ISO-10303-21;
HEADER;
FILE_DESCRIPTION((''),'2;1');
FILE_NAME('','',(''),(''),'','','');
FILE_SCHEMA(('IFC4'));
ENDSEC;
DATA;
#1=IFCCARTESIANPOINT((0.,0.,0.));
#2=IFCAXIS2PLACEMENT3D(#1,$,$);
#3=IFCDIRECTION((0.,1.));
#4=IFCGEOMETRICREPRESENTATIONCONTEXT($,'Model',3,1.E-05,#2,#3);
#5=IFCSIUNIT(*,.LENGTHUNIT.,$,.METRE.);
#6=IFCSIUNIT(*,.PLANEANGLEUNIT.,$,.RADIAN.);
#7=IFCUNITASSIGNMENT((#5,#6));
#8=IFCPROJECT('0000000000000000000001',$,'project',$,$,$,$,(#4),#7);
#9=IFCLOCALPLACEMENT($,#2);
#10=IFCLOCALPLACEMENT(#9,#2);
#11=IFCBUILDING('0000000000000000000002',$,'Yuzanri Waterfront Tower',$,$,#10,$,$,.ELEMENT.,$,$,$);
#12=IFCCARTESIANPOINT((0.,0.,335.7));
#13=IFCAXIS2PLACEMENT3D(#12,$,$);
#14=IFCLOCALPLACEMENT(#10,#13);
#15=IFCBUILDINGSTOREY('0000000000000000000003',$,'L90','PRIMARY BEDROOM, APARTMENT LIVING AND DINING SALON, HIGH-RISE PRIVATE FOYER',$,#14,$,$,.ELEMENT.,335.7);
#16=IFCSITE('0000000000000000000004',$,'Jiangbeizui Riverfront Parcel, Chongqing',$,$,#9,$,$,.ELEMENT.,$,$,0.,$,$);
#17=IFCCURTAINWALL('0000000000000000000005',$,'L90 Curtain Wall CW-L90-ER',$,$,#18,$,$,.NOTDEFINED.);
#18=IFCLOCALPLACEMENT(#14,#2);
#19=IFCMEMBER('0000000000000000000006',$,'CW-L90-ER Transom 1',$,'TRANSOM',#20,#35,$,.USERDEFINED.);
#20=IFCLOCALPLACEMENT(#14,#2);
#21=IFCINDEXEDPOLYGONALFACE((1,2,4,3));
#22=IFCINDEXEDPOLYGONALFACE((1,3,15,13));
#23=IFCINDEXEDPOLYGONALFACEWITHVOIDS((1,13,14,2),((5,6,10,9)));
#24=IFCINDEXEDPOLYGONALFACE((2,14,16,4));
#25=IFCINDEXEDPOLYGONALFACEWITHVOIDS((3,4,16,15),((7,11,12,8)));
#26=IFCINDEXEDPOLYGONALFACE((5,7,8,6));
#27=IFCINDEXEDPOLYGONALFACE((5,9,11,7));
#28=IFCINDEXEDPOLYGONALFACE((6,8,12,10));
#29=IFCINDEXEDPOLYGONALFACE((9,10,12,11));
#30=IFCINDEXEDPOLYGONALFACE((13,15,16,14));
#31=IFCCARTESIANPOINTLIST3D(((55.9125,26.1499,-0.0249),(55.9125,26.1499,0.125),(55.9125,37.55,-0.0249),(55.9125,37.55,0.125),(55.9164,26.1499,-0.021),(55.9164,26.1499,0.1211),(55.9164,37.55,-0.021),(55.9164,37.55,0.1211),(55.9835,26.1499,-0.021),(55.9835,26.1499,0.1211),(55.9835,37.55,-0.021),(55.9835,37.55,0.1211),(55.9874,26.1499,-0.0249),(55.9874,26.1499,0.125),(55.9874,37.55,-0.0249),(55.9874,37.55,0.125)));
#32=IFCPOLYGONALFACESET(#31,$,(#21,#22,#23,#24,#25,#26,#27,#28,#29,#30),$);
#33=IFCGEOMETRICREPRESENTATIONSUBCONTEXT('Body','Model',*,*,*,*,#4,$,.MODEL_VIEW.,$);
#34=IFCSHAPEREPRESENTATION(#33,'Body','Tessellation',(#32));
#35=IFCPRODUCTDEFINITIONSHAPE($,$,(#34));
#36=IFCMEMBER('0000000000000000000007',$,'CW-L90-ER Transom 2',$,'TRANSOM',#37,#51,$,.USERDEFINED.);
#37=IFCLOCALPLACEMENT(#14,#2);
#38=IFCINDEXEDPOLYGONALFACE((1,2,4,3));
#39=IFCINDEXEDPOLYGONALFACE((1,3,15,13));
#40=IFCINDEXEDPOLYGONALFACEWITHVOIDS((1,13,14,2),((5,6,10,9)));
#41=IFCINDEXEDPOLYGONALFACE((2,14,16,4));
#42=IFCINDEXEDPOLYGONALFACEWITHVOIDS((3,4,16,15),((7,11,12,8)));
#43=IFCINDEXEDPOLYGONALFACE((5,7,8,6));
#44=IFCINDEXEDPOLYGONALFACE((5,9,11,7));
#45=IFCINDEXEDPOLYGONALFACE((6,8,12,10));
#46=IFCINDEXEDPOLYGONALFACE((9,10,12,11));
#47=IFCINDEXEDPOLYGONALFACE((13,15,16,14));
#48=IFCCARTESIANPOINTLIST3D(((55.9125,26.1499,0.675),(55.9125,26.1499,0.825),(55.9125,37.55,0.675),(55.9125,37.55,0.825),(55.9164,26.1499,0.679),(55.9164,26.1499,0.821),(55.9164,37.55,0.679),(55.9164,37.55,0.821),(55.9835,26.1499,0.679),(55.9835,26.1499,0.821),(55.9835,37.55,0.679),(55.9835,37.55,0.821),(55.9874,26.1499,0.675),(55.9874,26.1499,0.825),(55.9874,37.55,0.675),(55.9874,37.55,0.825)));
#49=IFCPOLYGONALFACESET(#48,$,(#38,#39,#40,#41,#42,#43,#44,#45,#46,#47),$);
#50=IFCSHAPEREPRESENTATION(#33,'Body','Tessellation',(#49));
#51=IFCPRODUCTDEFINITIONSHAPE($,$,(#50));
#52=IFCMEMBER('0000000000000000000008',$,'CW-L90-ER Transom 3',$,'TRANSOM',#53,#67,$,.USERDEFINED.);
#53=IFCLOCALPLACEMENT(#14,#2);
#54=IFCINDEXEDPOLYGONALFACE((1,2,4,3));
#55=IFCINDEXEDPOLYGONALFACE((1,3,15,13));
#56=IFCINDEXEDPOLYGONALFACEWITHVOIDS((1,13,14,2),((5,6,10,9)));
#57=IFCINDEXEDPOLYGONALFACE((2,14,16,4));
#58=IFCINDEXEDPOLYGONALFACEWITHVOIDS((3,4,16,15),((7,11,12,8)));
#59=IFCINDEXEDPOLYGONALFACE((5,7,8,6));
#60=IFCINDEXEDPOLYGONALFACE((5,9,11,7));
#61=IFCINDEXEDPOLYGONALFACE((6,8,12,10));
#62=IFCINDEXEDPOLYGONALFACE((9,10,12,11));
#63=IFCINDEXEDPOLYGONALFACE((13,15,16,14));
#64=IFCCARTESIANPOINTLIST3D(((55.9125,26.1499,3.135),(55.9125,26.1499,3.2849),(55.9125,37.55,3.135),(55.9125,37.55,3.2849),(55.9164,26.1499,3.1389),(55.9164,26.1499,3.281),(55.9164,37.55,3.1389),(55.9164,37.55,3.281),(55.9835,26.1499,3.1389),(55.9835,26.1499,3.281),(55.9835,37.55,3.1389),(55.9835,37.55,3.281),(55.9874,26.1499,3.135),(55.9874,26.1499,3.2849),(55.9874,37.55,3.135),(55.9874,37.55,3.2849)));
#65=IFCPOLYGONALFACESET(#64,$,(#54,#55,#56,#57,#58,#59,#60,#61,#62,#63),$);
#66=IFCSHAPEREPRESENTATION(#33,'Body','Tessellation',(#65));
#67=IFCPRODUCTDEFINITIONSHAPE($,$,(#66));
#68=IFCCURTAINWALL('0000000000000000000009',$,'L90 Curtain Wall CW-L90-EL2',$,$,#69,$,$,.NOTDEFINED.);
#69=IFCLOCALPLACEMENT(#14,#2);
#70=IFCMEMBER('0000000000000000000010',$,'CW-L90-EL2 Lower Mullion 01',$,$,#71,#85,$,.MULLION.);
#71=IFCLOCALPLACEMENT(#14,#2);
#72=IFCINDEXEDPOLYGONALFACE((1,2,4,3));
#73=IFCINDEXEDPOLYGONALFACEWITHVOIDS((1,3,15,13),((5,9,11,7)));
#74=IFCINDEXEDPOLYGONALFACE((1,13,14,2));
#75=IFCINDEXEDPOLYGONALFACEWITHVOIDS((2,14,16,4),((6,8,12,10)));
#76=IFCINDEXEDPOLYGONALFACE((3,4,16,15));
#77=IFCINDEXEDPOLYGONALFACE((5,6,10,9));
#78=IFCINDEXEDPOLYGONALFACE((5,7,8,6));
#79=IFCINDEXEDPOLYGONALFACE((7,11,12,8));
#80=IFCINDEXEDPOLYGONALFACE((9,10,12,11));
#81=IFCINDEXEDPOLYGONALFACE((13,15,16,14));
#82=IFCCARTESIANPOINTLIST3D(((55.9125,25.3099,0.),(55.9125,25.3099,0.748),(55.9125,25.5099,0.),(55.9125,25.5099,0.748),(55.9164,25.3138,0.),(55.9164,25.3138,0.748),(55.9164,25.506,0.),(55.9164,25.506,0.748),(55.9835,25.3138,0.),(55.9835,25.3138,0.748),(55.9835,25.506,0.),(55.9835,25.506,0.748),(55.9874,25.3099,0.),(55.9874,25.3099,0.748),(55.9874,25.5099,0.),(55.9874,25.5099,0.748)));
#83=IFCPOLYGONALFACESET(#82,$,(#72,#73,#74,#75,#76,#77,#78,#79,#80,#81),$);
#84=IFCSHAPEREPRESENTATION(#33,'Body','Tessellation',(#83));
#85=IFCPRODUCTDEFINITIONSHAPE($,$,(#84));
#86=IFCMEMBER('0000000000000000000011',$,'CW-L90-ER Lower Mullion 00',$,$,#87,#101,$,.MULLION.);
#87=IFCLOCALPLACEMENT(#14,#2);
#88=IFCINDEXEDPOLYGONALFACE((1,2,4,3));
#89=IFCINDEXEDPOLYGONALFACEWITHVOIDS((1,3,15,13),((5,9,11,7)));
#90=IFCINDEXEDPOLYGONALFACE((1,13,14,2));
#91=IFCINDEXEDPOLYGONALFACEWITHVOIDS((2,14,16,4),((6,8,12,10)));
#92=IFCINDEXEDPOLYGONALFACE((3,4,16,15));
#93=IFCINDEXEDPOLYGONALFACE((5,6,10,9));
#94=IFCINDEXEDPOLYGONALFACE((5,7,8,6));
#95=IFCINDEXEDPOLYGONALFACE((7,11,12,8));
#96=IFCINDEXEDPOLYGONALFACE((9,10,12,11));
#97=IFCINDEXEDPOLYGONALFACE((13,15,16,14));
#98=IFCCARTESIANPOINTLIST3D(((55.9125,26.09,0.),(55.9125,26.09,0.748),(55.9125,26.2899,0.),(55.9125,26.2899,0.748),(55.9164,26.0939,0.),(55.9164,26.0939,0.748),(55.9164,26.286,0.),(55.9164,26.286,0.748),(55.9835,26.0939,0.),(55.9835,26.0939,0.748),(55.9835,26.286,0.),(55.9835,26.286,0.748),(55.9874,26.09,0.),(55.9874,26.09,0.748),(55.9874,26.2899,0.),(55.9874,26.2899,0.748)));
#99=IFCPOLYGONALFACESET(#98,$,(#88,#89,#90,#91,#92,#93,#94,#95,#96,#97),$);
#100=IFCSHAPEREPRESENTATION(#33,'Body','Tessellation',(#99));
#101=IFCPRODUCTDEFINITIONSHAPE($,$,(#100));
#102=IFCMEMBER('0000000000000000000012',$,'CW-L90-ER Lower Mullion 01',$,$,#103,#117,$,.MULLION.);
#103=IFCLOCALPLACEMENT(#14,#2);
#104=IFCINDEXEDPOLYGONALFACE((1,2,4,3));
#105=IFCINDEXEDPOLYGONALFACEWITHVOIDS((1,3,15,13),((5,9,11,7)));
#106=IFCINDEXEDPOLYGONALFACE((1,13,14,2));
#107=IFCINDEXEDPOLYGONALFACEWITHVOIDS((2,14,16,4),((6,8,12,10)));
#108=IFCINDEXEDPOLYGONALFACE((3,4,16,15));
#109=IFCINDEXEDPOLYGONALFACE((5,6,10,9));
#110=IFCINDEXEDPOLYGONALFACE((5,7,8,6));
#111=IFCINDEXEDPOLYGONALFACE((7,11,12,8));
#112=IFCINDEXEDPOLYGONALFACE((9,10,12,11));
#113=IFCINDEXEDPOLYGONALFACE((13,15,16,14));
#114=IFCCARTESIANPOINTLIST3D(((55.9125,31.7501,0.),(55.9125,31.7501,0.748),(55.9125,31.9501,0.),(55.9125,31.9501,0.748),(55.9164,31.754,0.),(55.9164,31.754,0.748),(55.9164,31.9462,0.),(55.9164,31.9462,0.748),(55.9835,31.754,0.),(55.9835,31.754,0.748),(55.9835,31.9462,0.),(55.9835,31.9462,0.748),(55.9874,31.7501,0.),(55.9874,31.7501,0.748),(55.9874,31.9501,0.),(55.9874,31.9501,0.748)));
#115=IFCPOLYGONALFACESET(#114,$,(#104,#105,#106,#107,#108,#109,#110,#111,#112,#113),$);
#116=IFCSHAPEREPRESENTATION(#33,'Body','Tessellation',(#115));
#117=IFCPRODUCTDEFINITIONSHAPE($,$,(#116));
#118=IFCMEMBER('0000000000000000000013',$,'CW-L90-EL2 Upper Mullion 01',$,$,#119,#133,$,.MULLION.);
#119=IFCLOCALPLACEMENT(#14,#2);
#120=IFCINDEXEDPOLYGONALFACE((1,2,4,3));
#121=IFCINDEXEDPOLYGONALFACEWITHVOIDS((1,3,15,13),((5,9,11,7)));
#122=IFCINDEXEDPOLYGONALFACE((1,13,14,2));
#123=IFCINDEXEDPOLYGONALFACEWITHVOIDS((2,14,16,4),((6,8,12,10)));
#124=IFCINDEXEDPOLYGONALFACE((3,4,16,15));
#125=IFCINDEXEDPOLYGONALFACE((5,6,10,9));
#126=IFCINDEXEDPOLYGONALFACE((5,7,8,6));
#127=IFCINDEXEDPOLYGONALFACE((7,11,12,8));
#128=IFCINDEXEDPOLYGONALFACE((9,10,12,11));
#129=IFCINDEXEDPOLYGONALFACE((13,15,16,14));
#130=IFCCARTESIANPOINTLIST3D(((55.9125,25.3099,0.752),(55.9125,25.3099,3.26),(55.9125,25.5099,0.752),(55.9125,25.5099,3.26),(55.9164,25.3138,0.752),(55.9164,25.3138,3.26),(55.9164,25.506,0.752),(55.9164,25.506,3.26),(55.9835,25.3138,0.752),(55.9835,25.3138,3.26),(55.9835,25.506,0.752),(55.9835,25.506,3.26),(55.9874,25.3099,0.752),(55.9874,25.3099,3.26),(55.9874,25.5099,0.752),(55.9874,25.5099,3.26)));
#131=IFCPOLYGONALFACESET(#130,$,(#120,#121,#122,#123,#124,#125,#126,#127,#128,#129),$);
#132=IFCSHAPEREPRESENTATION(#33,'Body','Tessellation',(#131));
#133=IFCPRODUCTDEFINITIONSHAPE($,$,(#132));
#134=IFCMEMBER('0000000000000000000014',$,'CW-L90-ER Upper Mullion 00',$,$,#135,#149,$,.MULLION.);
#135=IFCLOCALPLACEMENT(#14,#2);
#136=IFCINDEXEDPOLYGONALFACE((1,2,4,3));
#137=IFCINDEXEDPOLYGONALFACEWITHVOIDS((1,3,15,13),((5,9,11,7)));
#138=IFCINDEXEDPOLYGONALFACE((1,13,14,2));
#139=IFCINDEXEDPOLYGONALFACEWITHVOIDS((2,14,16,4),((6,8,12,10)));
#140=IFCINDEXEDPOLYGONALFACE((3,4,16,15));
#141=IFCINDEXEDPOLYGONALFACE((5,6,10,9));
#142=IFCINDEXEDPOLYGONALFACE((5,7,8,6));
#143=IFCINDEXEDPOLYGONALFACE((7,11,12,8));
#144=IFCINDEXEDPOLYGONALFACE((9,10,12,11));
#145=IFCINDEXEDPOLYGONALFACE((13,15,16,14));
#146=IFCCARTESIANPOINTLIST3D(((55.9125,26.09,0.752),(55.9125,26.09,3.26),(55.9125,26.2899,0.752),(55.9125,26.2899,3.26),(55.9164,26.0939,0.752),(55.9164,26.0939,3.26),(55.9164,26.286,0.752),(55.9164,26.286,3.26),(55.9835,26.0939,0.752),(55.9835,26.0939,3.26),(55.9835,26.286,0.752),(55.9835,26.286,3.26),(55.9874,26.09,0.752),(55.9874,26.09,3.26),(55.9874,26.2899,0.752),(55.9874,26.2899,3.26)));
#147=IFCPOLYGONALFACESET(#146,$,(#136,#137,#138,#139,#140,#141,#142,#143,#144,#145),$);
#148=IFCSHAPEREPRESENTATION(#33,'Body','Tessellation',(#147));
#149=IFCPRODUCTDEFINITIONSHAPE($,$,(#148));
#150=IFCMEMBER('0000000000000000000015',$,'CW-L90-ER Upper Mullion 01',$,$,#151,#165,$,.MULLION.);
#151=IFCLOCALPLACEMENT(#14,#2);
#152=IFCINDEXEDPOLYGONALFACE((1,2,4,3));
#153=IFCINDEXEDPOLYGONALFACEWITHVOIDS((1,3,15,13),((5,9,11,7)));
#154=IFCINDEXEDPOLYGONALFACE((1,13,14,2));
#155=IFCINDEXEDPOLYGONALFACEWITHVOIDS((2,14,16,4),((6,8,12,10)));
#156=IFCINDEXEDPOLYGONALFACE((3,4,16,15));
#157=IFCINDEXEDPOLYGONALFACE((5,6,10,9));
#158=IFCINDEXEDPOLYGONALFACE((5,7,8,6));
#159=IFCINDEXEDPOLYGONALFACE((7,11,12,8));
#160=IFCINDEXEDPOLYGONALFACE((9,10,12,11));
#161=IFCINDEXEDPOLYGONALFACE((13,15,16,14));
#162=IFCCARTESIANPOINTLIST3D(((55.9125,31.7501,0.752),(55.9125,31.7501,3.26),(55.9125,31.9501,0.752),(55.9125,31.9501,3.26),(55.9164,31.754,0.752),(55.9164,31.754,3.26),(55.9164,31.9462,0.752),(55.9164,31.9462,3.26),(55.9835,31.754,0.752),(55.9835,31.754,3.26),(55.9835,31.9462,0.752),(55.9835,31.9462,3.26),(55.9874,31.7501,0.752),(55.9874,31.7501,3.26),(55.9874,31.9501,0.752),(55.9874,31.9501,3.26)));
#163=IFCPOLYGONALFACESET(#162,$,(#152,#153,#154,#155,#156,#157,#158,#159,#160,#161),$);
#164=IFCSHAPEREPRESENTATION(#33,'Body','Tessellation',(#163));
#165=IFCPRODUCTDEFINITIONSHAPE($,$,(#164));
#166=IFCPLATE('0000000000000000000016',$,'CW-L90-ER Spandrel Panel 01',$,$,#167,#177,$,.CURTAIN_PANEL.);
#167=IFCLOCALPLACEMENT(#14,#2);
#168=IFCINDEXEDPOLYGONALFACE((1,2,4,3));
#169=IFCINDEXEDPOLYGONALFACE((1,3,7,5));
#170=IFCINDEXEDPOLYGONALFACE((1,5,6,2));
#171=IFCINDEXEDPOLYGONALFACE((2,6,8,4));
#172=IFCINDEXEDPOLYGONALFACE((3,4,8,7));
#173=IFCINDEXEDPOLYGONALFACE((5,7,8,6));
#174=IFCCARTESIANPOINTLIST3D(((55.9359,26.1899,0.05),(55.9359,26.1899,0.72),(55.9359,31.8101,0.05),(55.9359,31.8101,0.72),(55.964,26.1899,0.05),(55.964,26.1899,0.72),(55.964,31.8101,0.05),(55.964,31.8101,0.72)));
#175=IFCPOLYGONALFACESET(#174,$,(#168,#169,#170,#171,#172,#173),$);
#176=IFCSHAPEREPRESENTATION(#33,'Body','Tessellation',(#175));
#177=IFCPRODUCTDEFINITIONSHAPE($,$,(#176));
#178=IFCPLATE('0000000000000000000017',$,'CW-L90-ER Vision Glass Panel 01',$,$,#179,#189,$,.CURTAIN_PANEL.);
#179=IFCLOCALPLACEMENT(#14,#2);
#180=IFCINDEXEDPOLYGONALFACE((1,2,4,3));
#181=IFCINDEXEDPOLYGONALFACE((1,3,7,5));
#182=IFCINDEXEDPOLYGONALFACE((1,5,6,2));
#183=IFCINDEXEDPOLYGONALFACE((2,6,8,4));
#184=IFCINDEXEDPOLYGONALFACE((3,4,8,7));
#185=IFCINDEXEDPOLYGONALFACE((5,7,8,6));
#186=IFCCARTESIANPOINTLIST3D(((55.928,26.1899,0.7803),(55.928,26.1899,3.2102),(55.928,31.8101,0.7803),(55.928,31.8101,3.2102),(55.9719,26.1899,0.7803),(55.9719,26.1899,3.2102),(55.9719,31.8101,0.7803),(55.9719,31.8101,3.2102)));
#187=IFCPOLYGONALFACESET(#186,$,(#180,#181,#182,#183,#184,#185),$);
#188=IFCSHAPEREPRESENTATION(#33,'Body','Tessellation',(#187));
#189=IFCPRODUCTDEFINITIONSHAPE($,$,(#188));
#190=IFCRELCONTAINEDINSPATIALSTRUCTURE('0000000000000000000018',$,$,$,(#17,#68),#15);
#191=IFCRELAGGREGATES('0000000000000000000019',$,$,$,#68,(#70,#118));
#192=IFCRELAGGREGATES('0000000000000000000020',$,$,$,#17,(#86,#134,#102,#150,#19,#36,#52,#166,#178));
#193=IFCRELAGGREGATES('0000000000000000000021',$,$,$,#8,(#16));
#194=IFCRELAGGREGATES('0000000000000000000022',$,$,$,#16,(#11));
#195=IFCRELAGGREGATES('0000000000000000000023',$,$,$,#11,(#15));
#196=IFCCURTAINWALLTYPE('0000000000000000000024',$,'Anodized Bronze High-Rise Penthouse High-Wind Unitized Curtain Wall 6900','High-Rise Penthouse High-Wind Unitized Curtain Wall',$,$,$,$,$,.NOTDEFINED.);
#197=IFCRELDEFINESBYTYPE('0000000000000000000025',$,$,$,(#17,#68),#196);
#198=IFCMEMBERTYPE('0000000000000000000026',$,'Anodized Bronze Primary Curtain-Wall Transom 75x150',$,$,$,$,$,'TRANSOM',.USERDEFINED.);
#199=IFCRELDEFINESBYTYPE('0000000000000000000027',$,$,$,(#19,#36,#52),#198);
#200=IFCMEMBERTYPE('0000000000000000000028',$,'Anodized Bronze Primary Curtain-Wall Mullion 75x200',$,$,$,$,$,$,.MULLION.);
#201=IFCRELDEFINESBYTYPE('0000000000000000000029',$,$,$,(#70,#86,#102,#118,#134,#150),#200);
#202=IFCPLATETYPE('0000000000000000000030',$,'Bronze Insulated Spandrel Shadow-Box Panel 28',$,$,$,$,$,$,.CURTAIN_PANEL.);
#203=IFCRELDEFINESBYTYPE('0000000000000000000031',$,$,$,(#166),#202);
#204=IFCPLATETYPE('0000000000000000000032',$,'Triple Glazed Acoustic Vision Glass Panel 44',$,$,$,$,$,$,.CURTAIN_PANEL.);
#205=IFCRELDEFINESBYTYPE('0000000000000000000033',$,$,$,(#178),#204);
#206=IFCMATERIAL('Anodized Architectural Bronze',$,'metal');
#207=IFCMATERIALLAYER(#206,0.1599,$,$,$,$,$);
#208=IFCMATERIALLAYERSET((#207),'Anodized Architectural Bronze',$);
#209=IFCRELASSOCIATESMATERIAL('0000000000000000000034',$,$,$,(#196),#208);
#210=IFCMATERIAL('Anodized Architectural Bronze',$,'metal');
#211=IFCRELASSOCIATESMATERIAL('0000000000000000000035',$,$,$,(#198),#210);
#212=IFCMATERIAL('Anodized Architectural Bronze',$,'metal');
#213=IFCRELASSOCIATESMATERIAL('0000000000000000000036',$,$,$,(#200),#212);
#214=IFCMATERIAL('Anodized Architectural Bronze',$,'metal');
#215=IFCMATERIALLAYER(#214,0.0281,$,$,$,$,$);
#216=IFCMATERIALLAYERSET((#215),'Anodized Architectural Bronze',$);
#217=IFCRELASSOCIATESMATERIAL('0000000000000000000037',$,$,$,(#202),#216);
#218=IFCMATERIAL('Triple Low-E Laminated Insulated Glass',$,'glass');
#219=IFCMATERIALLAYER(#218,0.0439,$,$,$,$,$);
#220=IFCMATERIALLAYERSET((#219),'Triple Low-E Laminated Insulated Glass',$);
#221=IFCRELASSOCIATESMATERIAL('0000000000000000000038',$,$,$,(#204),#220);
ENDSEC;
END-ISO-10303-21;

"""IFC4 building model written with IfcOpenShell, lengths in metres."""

from ifc_helpers import new_model, si_unit, direction, frame, origin, origin_2d, place, context, subcontext, project, spatial, rectangle, hollow_rectangle, extrude, source, transform, mapped, material, layer, layer_set, material_profile, profile_set, type_object, element, aggregate, save


model = new_model("IFC4")

# Units and contexts
model_context = context("Model", 3, precision=1e-05, world=origin(), true_north=direction((0.0, 1.0)))
body_context = subcontext(model_context, "Body", "Model", "MODEL_VIEW")
ifc_project = project(units=[si_unit("LENGTHUNIT", "METRE"), si_unit("PLANEANGLEUNIT", "RADIAN")], contexts=[model_context])

# Site, building, storey
site_placement = place(None, origin())
site = spatial("IfcSite", under=ifc_project, at=site_placement, Name="Jiangbeizui Riverfront Parcel, Chongqing", CompositionType="ELEMENT", RefElevation=0.0)
building_placement = place(site_placement, origin())
building = spatial("IfcBuilding", under=site, at=building_placement, Name="Yuzanri Waterfront Tower", CompositionType="ELEMENT")
storey_placement = place(building_placement, frame((0.0, 0.0, 335.7)))
storey = spatial("IfcBuildingStorey", under=building, at=storey_placement, Name="L90", Description="PRIMARY BEDROOM, APARTMENT LIVING AND DINING SALON, HIGH-RISE PRIVATE FOYER", CompositionType="ELEMENT", Elevation=335.7)

# Curtain wall, members
ifc_material_1 = material(Name="Anodized Architectural Bronze", Category="metal")
ifc_layer_1 = layer(ifc_material_1, 0.1599)
ifc_layer_set_1 = layer_set([ifc_layer_1], Name="Anodized Architectural Bronze")
curtain_wall_type = type_object("IfcCurtainWallType", Name="Anodized Bronze High-Rise Penthouse High-Wind Unitized Curtain Wall 6900", Description="High-Rise Penthouse High-Wind Unitized Curtain Wall", PredefinedType="NOTDEFINED", material=ifc_layer_set_1)
curtain_wall_1_placement = place(storey_placement, origin())
curtain_wall_1 = element("IfcCurtainWall", 1, at=curtain_wall_1_placement, inside=storey, type_object=curtain_wall_type, Name="L90 Curtain Wall CW-L90-ER", PredefinedType="NOTDEFINED")
ifc_material_2 = material(Name="Anodized Architectural Bronze", Category="metal")
ifc_material_profile_1 = material_profile(ifc_material_2, hollow_rectangle(XDim=0.075, YDim=0.1499, WallThickness=0.0039, at=origin_2d()), Name="CWT 75x150")
ifc_profile_set_1 = profile_set([ifc_material_profile_1], Name="Anodized Architectural Bronze")
member_type_1 = type_object("IfcMemberType", Name="Anodized Bronze Primary Curtain-Wall Transom 75x150", ElementType="TRANSOM", PredefinedType="USERDEFINED", material=ifc_profile_set_1)
shared_shape_1 = source(origin(), body_context, "Body", "SweptSolid", [
    extrude(hollow_rectangle(XDim=0.075, YDim=0.1499, WallThickness=0.0039, at=origin_2d()), origin(), (0.0, 0.0, 1.0), 11.4001),
])
member_1_placement = place(storey_placement, frame((55.95, 26.1499, 0.05), z_axis=(0.0, 1.0, 0.0), x_axis=(-1.0, 0.0, 0.0)))
member_1 = element("IfcMember", 2, at=member_1_placement, type_object=member_type_1, Name="CW-L90-ER Transom 1", ObjectType="TRANSOM", PredefinedType="USERDEFINED", context=body_context, shape_type="MappedRepresentation", body=[
    mapped(shared_shape_1, transform((0.0, 0.0, 0.0), scale=1.0)),
])
member_2_placement = place(storey_placement, frame((55.95, 26.1499, 0.75), z_axis=(0.0, 1.0, 0.0), x_axis=(-1.0, 0.0, 0.0)))
member_2 = element("IfcMember", 3, at=member_2_placement, type_object=member_type_1, Name="CW-L90-ER Transom 2", ObjectType="TRANSOM", PredefinedType="USERDEFINED", context=body_context, shape_type="MappedRepresentation", body=[
    mapped(shared_shape_1, transform((0.0, 0.0, 0.0), scale=1.0)),
])
member_3_placement = place(storey_placement, frame((55.95, 26.1499, 3.21), z_axis=(0.0, 1.0, 0.0), x_axis=(-1.0, 0.0, 0.0)))
member_3 = element("IfcMember", 4, at=member_3_placement, type_object=member_type_1, Name="CW-L90-ER Transom 3", ObjectType="TRANSOM", PredefinedType="USERDEFINED", context=body_context, shape_type="MappedRepresentation", body=[
    mapped(shared_shape_1, transform((0.0, 0.0, 0.0), scale=1.0)),
])

# Curtain wall, member
curtain_wall_2_placement = place(storey_placement, origin())
curtain_wall_2 = element("IfcCurtainWall", 5, at=curtain_wall_2_placement, inside=storey, type_object=curtain_wall_type, Name="L90 Curtain Wall CW-L90-EL2", PredefinedType="NOTDEFINED")
ifc_material_3 = material(Name="Anodized Architectural Bronze", Category="metal")
ifc_material_profile_2 = material_profile(ifc_material_3, hollow_rectangle(XDim=0.075, YDim=0.2, WallThickness=0.0039, at=origin_2d()), Name="CWM 75x200")
ifc_profile_set_2 = profile_set([ifc_material_profile_2], Name="Anodized Architectural Bronze")
member_type_2 = type_object("IfcMemberType", Name="Anodized Bronze Primary Curtain-Wall Mullion 75x200", PredefinedType="MULLION", material=ifc_profile_set_2)
shared_shape_2 = source(origin(), body_context, "Body", "SweptSolid", [
    extrude(hollow_rectangle(XDim=0.075, YDim=0.2, WallThickness=0.0039, at=origin_2d()), origin(), (0.0, 0.0, 1.0), 0.748),
])
member_4_placement = place(storey_placement, frame((55.95, 25.4099, 0.0), z_axis=(0.0, 0.0, 1.0), x_axis=(1.0, 0.0, 0.0)))
member_4 = element("IfcMember", 6, at=member_4_placement, type_object=member_type_2, Name="CW-L90-EL2 Lower Mullion 01", PredefinedType="MULLION", context=body_context, shape_type="MappedRepresentation", body=[
    mapped(shared_shape_2, transform((0.0, 0.0, 0.0), scale=1.0)),
])

# Members
member_5_placement = place(storey_placement, frame((55.95, 26.1899, 0.0), z_axis=(0.0, 0.0, 1.0), x_axis=(1.0, 0.0, 0.0)))
member_5 = element("IfcMember", 7, at=member_5_placement, type_object=member_type_2, Name="CW-L90-ER Lower Mullion 00", PredefinedType="MULLION", context=body_context, shape_type="MappedRepresentation", body=[
    mapped(shared_shape_2, transform((0.0, 0.0, 0.0), scale=1.0)),
])
member_6_placement = place(storey_placement, frame((55.95, 31.8501, 0.0), z_axis=(0.0, 0.0, 1.0), x_axis=(1.0, 0.0, 0.0)))
member_6 = element("IfcMember", 8, at=member_6_placement, type_object=member_type_2, Name="CW-L90-ER Lower Mullion 01", PredefinedType="MULLION", context=body_context, shape_type="MappedRepresentation", body=[
    mapped(shared_shape_2, transform((0.0, 0.0, 0.0), scale=1.0)),
])
shared_shape_3 = source(origin(), body_context, "Body", "SweptSolid", [
    extrude(hollow_rectangle(XDim=0.075, YDim=0.2, WallThickness=0.0039, at=origin_2d()), origin(), (0.0, 0.0, 1.0), 2.5081),
])
member_7_placement = place(storey_placement, frame((55.95, 25.4099, 0.752), z_axis=(0.0, 0.0, 1.0), x_axis=(1.0, 0.0, 0.0)))
member_7 = element("IfcMember", 9, at=member_7_placement, type_object=member_type_2, Name="CW-L90-EL2 Upper Mullion 01", PredefinedType="MULLION", context=body_context, shape_type="MappedRepresentation", body=[
    mapped(shared_shape_3, transform((0.0, 0.0, 0.0), scale=1.0)),
])
aggregate(curtain_wall_2, [member_4, member_7])
member_8_placement = place(storey_placement, frame((55.95, 26.1899, 0.752), z_axis=(0.0, 0.0, 1.0), x_axis=(1.0, 0.0, 0.0)))
member_8 = element("IfcMember", 10, at=member_8_placement, type_object=member_type_2, Name="CW-L90-ER Upper Mullion 00", PredefinedType="MULLION", context=body_context, shape_type="MappedRepresentation", body=[
    mapped(shared_shape_3, transform((0.0, 0.0, 0.0), scale=1.0)),
])
member_9_placement = place(storey_placement, frame((55.95, 31.8501, 0.752), z_axis=(0.0, 0.0, 1.0), x_axis=(1.0, 0.0, 0.0)))
member_9 = element("IfcMember", 11, at=member_9_placement, type_object=member_type_2, Name="CW-L90-ER Upper Mullion 01", PredefinedType="MULLION", context=body_context, shape_type="MappedRepresentation", body=[
    mapped(shared_shape_3, transform((0.0, 0.0, 0.0), scale=1.0)),
])

# Plates
ifc_material_4 = material(Name="Anodized Architectural Bronze", Category="metal")
ifc_layer_2 = layer(ifc_material_4, 0.0281)
ifc_layer_set_2 = layer_set([ifc_layer_2], Name="Anodized Architectural Bronze")
plate_type_1 = type_object("IfcPlateType", Name="Bronze Insulated Spandrel Shadow-Box Panel 28", PredefinedType="CURTAIN_PANEL", material=ifc_layer_set_2)
shared_shape_4 = source(origin(), body_context, "Body", "SweptSolid", [
    extrude(rectangle(XDim=5.6201, YDim=0.0281, at=origin_2d()), origin(), (0.0, 0.0, 1.0), 0.6699),
])
plate_1_placement = place(storey_placement, frame((55.95, 29.0, 0.05), z_axis=(0.0, 0.0, 1.0), x_axis=(0.0, 1.0, 0.0)))
plate_1 = element("IfcPlate", 12, at=plate_1_placement, type_object=plate_type_1, Name="CW-L90-ER Spandrel Panel 01", PredefinedType="CURTAIN_PANEL", context=body_context, shape_type="MappedRepresentation", body=[
    mapped(shared_shape_4, transform((0.0, 0.0, 0.0), scale=1.0)),
])
ifc_material_5 = material(Name="Triple Low-E Laminated Insulated Glass", Category="glass")
ifc_layer_3 = layer(ifc_material_5, 0.0439)
ifc_layer_set_3 = layer_set([ifc_layer_3], Name="Triple Low-E Laminated Insulated Glass")
plate_type_2 = type_object("IfcPlateType", Name="Triple Glazed Acoustic Vision Glass Panel 44", PredefinedType="CURTAIN_PANEL", material=ifc_layer_set_3)
shared_shape_5 = source(origin(), body_context, "Body", "SweptSolid", [
    extrude(rectangle(XDim=5.6201, YDim=0.0439, at=origin_2d()), origin(), (0.0, 0.0, 1.0), 2.4299),
])
plate_2_placement = place(storey_placement, frame((55.95, 29.0, 0.7803), z_axis=(0.0, 0.0, 1.0), x_axis=(0.0, 1.0, 0.0)))
plate_2 = element("IfcPlate", 13, at=plate_2_placement, type_object=plate_type_2, Name="CW-L90-ER Vision Glass Panel 01", PredefinedType="CURTAIN_PANEL", context=body_context, shape_type="MappedRepresentation", body=[
    mapped(shared_shape_5, transform((0.0, 0.0, 0.0), scale=1.0)),
])
aggregate(curtain_wall_1, [member_5, member_8, member_6, member_9, member_1, member_2, member_3, plate_1, plate_2])

save(model, "model.ifc")
